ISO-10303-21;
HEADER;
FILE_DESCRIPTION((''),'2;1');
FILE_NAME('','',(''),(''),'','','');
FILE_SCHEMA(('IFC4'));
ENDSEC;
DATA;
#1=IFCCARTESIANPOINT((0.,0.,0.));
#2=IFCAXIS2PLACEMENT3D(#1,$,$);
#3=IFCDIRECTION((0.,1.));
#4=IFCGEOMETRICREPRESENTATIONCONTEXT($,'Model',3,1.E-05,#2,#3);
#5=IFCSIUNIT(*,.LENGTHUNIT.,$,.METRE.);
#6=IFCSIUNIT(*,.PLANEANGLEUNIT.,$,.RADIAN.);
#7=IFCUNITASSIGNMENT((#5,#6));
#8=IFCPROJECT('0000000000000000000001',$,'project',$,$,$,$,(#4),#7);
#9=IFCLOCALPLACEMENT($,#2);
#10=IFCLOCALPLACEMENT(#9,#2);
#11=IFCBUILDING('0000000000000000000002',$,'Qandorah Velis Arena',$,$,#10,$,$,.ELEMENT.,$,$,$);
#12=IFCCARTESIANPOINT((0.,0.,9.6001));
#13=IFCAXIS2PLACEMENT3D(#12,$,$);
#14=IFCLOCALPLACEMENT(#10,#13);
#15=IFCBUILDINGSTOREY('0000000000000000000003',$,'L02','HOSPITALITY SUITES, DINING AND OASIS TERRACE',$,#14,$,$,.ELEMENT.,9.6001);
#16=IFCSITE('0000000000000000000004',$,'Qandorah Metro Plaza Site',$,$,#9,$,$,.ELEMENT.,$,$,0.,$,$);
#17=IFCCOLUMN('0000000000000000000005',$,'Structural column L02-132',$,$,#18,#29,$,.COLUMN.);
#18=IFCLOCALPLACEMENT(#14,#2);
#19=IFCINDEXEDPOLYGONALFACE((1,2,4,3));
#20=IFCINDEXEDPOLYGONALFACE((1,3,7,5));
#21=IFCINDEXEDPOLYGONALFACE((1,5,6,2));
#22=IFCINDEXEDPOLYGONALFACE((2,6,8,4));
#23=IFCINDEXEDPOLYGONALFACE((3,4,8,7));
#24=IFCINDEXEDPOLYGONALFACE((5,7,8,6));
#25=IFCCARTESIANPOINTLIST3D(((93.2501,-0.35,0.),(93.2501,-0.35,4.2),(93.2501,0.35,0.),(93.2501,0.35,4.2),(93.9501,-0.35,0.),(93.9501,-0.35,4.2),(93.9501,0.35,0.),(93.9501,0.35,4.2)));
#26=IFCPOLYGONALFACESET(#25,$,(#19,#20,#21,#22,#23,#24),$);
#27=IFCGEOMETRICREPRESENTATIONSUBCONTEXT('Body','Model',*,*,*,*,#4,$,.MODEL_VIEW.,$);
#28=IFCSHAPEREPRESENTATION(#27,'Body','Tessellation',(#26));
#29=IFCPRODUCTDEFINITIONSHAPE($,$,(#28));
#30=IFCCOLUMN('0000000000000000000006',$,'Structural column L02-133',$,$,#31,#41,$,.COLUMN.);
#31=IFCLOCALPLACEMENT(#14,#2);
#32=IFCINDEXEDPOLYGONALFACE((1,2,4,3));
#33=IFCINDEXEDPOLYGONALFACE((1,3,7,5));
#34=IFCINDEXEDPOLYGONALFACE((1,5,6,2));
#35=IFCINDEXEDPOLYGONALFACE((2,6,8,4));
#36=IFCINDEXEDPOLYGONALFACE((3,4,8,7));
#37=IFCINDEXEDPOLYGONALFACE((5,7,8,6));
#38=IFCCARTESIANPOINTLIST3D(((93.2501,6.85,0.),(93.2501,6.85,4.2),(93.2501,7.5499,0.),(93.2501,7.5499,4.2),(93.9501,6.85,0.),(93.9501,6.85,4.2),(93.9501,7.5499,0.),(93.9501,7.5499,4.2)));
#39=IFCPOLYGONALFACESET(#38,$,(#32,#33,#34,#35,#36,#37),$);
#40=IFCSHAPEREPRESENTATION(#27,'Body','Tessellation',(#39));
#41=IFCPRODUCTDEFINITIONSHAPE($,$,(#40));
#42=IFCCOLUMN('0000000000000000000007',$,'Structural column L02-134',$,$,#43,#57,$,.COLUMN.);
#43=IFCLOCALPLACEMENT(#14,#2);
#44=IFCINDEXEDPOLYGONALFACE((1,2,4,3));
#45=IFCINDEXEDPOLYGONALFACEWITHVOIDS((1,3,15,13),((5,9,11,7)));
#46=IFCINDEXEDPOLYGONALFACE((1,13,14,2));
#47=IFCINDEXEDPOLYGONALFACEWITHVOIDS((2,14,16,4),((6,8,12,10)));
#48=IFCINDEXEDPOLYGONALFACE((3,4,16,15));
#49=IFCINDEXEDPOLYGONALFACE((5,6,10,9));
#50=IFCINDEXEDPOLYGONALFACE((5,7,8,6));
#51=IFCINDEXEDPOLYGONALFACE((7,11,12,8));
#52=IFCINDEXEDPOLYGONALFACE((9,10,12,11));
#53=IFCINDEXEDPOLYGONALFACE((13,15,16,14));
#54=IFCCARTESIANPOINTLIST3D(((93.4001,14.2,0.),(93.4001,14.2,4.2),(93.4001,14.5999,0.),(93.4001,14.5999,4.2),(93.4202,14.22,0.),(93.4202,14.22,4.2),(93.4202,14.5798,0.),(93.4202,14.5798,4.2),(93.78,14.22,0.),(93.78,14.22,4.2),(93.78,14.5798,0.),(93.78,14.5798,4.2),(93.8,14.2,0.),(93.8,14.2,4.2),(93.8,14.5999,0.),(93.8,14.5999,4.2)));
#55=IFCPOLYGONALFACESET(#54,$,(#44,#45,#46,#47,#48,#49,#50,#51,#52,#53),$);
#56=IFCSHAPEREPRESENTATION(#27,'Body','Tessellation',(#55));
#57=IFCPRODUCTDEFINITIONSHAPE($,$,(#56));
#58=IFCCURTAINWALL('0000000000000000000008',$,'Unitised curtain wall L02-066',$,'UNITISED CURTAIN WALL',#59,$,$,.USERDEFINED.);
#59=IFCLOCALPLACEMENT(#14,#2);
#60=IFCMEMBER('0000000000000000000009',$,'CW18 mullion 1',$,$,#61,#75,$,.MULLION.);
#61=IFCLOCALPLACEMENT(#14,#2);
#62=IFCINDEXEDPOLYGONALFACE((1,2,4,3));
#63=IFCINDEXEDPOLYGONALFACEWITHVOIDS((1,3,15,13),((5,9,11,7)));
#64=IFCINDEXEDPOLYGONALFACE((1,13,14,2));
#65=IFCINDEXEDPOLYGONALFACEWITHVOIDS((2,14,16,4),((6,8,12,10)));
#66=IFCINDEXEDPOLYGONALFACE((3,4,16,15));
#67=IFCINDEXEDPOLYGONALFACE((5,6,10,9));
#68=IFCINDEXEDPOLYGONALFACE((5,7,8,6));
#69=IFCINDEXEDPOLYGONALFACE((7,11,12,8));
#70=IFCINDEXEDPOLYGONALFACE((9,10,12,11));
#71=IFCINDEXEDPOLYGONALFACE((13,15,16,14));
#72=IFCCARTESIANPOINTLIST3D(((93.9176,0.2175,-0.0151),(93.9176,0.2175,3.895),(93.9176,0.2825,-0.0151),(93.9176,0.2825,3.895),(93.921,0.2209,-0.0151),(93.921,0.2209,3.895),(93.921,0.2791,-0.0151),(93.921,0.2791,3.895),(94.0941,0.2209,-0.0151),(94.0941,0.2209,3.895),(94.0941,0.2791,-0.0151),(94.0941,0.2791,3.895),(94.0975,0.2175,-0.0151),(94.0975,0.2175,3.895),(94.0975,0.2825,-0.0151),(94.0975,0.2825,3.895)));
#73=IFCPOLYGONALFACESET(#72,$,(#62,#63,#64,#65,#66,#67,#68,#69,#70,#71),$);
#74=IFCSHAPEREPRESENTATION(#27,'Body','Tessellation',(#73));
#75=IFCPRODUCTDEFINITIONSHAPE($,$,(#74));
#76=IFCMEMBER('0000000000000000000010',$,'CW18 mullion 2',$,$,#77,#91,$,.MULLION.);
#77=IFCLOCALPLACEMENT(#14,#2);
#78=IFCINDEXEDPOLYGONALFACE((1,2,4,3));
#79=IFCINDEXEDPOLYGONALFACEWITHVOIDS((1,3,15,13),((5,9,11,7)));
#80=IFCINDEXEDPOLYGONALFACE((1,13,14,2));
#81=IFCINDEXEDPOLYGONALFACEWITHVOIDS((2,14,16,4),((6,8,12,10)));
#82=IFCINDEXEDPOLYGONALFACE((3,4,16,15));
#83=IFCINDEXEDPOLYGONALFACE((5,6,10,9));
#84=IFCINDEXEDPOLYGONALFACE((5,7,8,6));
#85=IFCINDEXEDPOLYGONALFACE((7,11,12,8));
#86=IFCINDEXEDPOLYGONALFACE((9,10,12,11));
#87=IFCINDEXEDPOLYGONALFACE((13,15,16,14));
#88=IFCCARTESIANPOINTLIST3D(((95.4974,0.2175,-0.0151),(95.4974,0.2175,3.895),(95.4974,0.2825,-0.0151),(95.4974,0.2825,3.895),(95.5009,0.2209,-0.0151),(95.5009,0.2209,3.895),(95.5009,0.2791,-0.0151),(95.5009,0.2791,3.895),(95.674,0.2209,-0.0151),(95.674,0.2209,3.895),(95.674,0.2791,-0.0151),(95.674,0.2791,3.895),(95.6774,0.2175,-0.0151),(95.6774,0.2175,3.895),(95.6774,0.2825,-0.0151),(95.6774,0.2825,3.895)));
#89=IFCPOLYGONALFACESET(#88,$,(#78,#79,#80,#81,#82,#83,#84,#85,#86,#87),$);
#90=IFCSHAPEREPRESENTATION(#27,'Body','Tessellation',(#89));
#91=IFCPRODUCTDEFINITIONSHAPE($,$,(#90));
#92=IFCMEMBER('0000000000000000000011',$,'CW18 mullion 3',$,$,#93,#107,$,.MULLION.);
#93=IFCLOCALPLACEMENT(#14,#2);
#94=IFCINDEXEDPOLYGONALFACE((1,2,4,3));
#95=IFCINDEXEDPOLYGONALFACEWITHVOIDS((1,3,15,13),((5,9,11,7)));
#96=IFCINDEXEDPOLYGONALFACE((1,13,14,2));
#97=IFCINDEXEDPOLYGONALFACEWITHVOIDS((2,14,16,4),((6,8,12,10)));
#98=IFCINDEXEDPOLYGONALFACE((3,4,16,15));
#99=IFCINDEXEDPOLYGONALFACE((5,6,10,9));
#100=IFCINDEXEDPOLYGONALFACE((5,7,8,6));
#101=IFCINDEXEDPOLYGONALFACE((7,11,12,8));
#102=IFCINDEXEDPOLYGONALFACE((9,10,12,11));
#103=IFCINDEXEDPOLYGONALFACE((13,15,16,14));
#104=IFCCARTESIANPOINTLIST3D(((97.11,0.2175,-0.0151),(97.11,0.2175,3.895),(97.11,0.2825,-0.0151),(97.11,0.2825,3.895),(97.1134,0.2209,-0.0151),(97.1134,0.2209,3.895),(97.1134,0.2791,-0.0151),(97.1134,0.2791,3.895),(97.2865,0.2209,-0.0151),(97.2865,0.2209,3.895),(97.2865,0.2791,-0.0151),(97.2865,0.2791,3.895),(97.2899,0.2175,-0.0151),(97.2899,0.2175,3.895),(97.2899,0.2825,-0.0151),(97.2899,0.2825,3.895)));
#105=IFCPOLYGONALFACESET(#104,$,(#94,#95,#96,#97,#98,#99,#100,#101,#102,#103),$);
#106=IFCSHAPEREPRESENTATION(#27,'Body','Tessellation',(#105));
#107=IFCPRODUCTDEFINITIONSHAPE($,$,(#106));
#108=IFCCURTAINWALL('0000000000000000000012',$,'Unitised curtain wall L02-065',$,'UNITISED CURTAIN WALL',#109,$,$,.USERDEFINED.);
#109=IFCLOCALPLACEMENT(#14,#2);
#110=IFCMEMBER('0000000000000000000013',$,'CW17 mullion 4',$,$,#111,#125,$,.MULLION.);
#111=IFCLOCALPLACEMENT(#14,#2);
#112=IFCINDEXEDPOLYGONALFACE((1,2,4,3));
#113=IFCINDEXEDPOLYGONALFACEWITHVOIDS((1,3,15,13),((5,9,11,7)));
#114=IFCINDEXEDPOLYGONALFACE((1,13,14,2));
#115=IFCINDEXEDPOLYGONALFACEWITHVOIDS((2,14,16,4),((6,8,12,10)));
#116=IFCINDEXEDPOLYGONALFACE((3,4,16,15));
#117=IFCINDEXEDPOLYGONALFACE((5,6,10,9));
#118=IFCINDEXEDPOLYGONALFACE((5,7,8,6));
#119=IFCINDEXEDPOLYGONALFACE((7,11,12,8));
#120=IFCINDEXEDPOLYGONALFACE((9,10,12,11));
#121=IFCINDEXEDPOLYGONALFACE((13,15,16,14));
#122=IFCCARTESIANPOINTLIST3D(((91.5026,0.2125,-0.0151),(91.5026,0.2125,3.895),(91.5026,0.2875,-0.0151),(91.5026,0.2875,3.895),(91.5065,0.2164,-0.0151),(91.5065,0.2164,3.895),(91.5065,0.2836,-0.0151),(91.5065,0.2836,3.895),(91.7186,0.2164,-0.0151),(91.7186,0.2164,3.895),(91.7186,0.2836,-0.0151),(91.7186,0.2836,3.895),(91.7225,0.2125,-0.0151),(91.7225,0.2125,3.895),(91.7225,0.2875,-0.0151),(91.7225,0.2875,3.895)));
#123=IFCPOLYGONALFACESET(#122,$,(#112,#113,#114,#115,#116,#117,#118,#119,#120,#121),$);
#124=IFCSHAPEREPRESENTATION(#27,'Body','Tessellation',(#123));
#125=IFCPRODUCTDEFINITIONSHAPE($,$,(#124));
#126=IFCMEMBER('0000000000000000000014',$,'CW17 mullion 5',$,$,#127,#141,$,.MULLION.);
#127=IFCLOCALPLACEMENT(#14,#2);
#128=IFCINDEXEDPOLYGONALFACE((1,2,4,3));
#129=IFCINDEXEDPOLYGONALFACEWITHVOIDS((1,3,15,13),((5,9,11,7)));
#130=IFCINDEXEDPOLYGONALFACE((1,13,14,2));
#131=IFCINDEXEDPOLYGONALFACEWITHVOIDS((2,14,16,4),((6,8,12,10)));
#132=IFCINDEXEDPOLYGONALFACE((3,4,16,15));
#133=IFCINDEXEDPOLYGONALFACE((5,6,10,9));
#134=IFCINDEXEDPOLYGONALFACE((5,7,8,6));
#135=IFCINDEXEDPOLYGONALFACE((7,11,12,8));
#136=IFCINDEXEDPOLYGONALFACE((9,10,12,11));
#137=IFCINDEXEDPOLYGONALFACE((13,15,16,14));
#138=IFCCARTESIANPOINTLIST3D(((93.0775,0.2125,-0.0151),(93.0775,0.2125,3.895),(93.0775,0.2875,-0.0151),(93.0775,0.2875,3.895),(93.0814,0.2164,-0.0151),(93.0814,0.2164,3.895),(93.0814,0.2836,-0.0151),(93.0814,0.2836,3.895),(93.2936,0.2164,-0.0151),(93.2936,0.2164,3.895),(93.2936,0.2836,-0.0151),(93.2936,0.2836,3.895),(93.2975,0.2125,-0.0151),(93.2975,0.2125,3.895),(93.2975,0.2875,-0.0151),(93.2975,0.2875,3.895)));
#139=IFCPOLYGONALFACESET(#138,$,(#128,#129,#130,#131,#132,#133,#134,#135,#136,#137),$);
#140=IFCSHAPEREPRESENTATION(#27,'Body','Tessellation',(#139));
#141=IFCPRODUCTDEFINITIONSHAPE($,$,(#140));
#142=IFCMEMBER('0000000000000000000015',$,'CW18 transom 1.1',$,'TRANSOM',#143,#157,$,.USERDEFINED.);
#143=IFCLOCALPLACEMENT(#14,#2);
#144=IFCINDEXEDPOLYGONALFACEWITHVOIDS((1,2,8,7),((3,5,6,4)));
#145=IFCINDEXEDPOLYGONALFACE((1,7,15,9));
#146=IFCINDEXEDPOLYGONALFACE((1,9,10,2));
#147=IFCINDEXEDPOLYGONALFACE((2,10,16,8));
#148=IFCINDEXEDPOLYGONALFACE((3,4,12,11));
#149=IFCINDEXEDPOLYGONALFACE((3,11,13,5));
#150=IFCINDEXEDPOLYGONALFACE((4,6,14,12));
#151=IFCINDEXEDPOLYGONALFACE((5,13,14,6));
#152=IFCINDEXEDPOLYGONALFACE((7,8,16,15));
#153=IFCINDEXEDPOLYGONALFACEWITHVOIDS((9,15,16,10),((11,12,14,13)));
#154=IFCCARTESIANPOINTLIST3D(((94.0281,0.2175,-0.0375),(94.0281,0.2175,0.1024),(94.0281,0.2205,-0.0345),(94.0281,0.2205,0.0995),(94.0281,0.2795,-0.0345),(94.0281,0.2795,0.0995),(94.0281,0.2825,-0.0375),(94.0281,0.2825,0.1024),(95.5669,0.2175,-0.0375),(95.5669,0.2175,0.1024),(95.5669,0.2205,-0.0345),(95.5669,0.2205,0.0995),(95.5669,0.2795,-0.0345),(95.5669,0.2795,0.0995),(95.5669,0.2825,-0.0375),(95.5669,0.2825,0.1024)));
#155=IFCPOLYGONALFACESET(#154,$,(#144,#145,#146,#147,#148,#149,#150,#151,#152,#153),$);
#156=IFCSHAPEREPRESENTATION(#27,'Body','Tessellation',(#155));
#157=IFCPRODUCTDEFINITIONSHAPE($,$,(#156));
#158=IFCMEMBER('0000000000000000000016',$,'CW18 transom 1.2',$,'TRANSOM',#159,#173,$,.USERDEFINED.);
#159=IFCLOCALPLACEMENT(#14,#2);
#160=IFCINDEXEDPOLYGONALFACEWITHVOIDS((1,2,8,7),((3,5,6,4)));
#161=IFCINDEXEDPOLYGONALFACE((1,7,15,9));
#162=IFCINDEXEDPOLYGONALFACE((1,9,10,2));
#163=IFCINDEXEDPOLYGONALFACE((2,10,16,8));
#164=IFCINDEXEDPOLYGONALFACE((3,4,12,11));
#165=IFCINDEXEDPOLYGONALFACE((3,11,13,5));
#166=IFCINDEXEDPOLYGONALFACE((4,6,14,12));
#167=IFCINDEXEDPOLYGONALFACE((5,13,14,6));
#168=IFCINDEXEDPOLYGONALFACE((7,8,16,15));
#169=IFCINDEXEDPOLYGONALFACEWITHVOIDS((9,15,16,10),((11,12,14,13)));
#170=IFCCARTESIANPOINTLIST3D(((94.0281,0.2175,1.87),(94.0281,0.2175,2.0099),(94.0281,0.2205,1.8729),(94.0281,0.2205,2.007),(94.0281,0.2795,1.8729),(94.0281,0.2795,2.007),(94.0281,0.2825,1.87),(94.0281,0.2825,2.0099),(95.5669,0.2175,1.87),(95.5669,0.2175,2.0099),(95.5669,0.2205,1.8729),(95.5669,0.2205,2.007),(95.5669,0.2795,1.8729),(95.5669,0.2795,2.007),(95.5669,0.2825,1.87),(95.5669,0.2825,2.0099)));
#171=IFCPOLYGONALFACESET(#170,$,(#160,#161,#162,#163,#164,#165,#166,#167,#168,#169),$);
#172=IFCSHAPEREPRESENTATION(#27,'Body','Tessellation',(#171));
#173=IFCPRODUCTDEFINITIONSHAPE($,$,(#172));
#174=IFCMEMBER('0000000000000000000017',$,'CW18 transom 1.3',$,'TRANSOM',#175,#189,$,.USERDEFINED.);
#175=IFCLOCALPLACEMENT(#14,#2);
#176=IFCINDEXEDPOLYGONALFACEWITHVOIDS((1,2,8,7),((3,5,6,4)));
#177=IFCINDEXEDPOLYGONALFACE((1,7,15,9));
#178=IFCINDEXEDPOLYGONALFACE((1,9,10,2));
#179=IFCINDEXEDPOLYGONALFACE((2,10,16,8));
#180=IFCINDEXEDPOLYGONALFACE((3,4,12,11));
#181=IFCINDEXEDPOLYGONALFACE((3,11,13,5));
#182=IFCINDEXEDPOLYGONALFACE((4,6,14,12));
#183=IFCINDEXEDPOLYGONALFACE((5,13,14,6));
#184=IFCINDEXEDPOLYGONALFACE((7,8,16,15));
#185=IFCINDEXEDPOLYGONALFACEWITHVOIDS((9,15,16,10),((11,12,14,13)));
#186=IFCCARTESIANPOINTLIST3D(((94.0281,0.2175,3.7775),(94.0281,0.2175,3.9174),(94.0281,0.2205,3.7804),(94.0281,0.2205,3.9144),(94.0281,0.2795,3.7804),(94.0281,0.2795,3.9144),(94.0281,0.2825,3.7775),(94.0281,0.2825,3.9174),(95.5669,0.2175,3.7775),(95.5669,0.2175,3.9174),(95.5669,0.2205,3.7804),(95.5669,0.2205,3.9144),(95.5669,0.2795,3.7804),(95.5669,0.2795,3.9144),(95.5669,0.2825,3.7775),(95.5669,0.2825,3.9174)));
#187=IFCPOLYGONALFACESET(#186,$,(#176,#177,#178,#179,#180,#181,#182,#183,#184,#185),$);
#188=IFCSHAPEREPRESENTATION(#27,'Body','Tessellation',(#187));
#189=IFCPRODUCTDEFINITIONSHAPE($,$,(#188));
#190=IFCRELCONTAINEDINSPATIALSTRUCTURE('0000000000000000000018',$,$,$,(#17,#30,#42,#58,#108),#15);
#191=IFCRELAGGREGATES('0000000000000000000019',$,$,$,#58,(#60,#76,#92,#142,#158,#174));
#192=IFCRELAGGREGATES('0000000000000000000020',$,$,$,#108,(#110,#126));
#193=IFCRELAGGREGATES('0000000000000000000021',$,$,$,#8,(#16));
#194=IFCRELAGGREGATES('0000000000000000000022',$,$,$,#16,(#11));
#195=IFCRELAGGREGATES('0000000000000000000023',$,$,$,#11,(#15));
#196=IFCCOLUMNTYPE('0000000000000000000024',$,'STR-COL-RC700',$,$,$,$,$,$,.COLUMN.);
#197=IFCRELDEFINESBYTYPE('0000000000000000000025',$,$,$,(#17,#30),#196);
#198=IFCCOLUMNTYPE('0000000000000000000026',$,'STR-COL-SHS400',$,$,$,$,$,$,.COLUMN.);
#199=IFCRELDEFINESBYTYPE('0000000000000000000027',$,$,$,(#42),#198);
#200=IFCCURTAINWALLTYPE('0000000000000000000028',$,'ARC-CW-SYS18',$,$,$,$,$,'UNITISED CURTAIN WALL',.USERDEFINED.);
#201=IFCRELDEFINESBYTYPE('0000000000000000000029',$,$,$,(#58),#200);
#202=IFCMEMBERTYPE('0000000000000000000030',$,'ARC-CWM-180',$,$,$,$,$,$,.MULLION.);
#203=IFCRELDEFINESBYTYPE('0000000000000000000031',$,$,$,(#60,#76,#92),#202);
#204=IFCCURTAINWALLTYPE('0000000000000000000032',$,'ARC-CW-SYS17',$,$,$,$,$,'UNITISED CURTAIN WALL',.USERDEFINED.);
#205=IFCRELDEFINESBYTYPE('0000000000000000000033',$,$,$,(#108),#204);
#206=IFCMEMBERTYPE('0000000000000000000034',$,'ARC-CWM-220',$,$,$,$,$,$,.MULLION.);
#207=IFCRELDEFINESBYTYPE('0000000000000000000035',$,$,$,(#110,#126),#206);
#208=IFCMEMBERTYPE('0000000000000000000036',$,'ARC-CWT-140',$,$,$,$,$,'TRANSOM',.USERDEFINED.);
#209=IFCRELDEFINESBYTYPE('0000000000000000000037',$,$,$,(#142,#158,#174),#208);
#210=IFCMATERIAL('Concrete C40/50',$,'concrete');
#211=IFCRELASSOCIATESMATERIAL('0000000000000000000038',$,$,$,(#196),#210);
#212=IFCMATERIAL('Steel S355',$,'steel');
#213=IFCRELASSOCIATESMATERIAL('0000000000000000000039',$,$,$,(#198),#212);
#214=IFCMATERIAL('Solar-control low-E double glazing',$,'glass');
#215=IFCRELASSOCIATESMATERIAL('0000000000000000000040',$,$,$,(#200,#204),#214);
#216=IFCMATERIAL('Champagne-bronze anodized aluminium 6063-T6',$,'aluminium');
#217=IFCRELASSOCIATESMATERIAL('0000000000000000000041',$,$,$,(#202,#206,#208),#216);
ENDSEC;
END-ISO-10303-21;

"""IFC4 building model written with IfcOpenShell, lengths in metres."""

from ifc_helpers import new_model, si_unit, direction, frame, origin, origin_2d, place, context, subcontext, project, spatial, rectangle, hollow_rectangle, extrude, material, material_profile, profile_set, type_object, element, aggregate, save


model = new_model("IFC4")

# Units and contexts
model_context = context("Model", 3, precision=1e-05, world=origin(), true_north=direction((0.0, 1.0)))
body_context = subcontext(model_context, "Body", "Model", "MODEL_VIEW")
ifc_project = project(units=[si_unit("LENGTHUNIT", "METRE"), si_unit("PLANEANGLEUNIT", "RADIAN")], contexts=[model_context])

# Site, building, storey
site_placement = place(None, origin())
site = spatial("IfcSite", under=ifc_project, at=site_placement, Name="Qandorah Metro Plaza Site", CompositionType="ELEMENT", RefElevation=0.0)
building_placement = place(site_placement, origin())
building = spatial("IfcBuilding", under=site, at=building_placement, Name="Qandorah Velis Arena", CompositionType="ELEMENT")
storey_placement = place(building_placement, frame((0.0, 0.0, 9.6001)))
storey = spatial("IfcBuildingStorey", under=building, at=storey_placement, Name="L02", Description="HOSPITALITY SUITES, DINING AND OASIS TERRACE", CompositionType="ELEMENT", Elevation=9.6001)

# Columns
ifc_material_1 = material(Name="Concrete C40/50", Category="concrete")
ifc_material_profile_1 = material_profile(ifc_material_1, rectangle(XDim=0.7, YDim=0.7, at=origin_2d()), Name="RC COL 700x700")
ifc_profile_set_1 = profile_set([ifc_material_profile_1], Name="Concrete C40/50")
column_type_1 = type_object("IfcColumnType", Name="STR-COL-RC700", PredefinedType="COLUMN", material=ifc_profile_set_1)
for number, where, z_axis, x_axis, name in (
    (1, (93.6001, 0.0, 0.0), (0.0, 0.0, 1.0), (1.0, 0.0, 0.0), "Structural column L02-132"),
    (2, (93.6001, 7.2, 0.0), (0.0, 0.0, 1.0), (1.0, 0.0, 0.0), "Structural column L02-133"),
):
    element("IfcColumn", number, at=place(storey_placement, frame(where, z_axis=z_axis, x_axis=x_axis)), inside=storey, type_object=column_type_1, Name=name, PredefinedType="COLUMN", context=body_context, shape_type="SweptSolid", body=[
        extrude(rectangle(XDim=0.7, YDim=0.7, at=origin_2d()), origin(), (0.0, 0.0, 1.0), 4.2),
    ])
ifc_material_2 = material(Name="Steel S355", Category="steel")
ifc_material_profile_2 = material_profile(ifc_material_2, hollow_rectangle(XDim=0.3999, YDim=0.3999, WallThickness=0.02, at=origin_2d()), Name="SHS 400x400x20")
ifc_profile_set_2 = profile_set([ifc_material_profile_2], Name="Steel S355")
column_type_2 = type_object("IfcColumnType", Name="STR-COL-SHS400", PredefinedType="COLUMN", material=ifc_profile_set_2)
column_placement = place(storey_placement, frame((93.6001, 14.3999, 0.0), z_axis=(0.0, 0.0, 1.0), x_axis=(1.0, 0.0, 0.0)))
element("IfcColumn", 3, at=column_placement, inside=storey, type_object=column_type_2, Name="Structural column L02-134", PredefinedType="COLUMN", context=body_context, shape_type="SweptSolid", body=[
    extrude(hollow_rectangle(XDim=0.3999, YDim=0.3999, WallThickness=0.02, at=origin_2d()), origin(), (0.0, 0.0, 1.0), 4.2),
])

# Curtain walls, members
ifc_material_3 = material(Name="Solar-control low-E double glazing", Category="glass")
curtain_wall_type_1 = type_object("IfcCurtainWallType", Name="ARC-CW-SYS18", ElementType="UNITISED CURTAIN WALL", PredefinedType="USERDEFINED", material=ifc_material_3)
curtain_wall_1_placement = place(storey_placement, origin())
curtain_wall_1 = element("IfcCurtainWall", 4, at=curtain_wall_1_placement, inside=storey, type_object=curtain_wall_type_1, Name="Unitised curtain wall L02-066", ObjectType="UNITISED CURTAIN WALL", PredefinedType="USERDEFINED")
ifc_material_4 = material(Name="Champagne-bronze anodized aluminium 6063-T6", Category="aluminium")
ifc_material_profile_3 = material_profile(ifc_material_4, hollow_rectangle(XDim=0.0649, YDim=0.1799, WallThickness=0.0034, at=origin_2d()), Name="ALU MULLION 65x180")
ifc_profile_set_3 = profile_set([ifc_material_profile_3], Name="Champagne-bronze anodized aluminium 6063-T6")
member_type_1 = type_object("IfcMemberType", Name="ARC-CWM-180", PredefinedType="MULLION", material=ifc_profile_set_3)
member_1_placement = place(storey_placement, frame((94.0076, 0.25, -0.0151), z_axis=(0.0, 0.0, 1.0), x_axis=(0.0, 1.0, 0.0)))
member_1 = element("IfcMember", 5, at=member_1_placement, type_object=member_type_1, Name="CW18 mullion 1", PredefinedType="MULLION", context=body_context, shape_type="SweptSolid", body=[
    extrude(hollow_rectangle(XDim=0.0649, YDim=0.1799, WallThickness=0.0034, at=origin_2d()), origin(), (0.0, 0.0, 1.0), 3.9102),
])
member_2_placement = place(storey_placement, frame((95.5874, 0.25, -0.0151), z_axis=(0.0, 0.0, 1.0), x_axis=(0.0, 1.0, 0.0)))
member_2 = element("IfcMember", 6, at=member_2_placement, type_object=member_type_1, Name="CW18 mullion 2", PredefinedType="MULLION", context=body_context, shape_type="SweptSolid", body=[
    extrude(hollow_rectangle(XDim=0.0649, YDim=0.1799, WallThickness=0.0034, at=origin_2d()), origin(), (0.0, 0.0, 1.0), 3.9102),
])
member_3_placement = place(storey_placement, frame((97.2, 0.25, -0.0151), z_axis=(0.0, 0.0, 1.0), x_axis=(0.0, 1.0, 0.0)))
member_3 = element("IfcMember", 7, at=member_3_placement, type_object=member_type_1, Name="CW18 mullion 3", PredefinedType="MULLION", context=body_context, shape_type="SweptSolid", body=[
    extrude(hollow_rectangle(XDim=0.0649, YDim=0.1799, WallThickness=0.0034, at=origin_2d()), origin(), (0.0, 0.0, 1.0), 3.9102),
])
curtain_wall_type_2 = type_object("IfcCurtainWallType", Name="ARC-CW-SYS17", ElementType="UNITISED CURTAIN WALL", PredefinedType="USERDEFINED", material=ifc_material_3)
curtain_wall_2_placement = place(storey_placement, origin())
curtain_wall_2 = element("IfcCurtainWall", 8, at=curtain_wall_2_placement, inside=storey, type_object=curtain_wall_type_2, Name="Unitised curtain wall L02-065", ObjectType="UNITISED CURTAIN WALL", PredefinedType="USERDEFINED")
ifc_material_profile_4 = material_profile(ifc_material_4, hollow_rectangle(XDim=0.075, YDim=0.22, WallThickness=0.0039, at=origin_2d()), Name="ALU MULLION 75x220")
ifc_profile_set_4 = profile_set([ifc_material_profile_4], Name="Champagne-bronze anodized aluminium 6063-T6")
member_type_2 = type_object("IfcMemberType", Name="ARC-CWM-220", PredefinedType="MULLION", material=ifc_profile_set_4)
member_4_placement = place(storey_placement, frame((91.6125, 0.25, -0.0151), z_axis=(0.0, 0.0, 1.0), x_axis=(0.0, 1.0, 0.0)))
member_4 = element("IfcMember", 9, at=member_4_placement, type_object=member_type_2, Name="CW17 mullion 4", PredefinedType="MULLION", context=body_context, shape_type="SweptSolid", body=[
    extrude(hollow_rectangle(XDim=0.075, YDim=0.22, WallThickness=0.0039, at=origin_2d()), origin(), (0.0, 0.0, 1.0), 3.9102),
])
member_5_placement = place(storey_placement, frame((93.1875, 0.25, -0.0151), z_axis=(0.0, 0.0, 1.0), x_axis=(0.0, 1.0, 0.0)))
member_5 = element("IfcMember", 10, at=member_5_placement, type_object=member_type_2, Name="CW17 mullion 5", PredefinedType="MULLION", context=body_context, shape_type="SweptSolid", body=[
    extrude(hollow_rectangle(XDim=0.075, YDim=0.22, WallThickness=0.0039, at=origin_2d()), origin(), (0.0, 0.0, 1.0), 3.9102),
])

# Members
ifc_material_profile_5 = material_profile(ifc_material_4, hollow_rectangle(XDim=0.0649, YDim=0.1399, WallThickness=0.0029, at=origin_2d()), Name="ALU TRANSOM 65x140")
ifc_profile_set_5 = profile_set([ifc_material_profile_5], Name="Champagne-bronze anodized aluminium 6063-T6")
member_type_3 = type_object("IfcMemberType", Name="ARC-CWT-140", ElementType="TRANSOM", PredefinedType="USERDEFINED", material=ifc_profile_set_5)
member_6_placement = place(storey_placement, frame((94.0281, 0.25, 0.0325), z_axis=(1.0, 0.0, 0.0), x_axis=(0.0, 1.0, 0.0)))
member_6 = element("IfcMember", 11, at=member_6_placement, type_object=member_type_3, Name="CW18 transom 1.1", ObjectType="TRANSOM", PredefinedType="USERDEFINED", context=body_context, shape_type="SweptSolid", body=[
    extrude(hollow_rectangle(XDim=0.0649, YDim=0.1399, WallThickness=0.0029, at=origin_2d()), origin(), (0.0, 0.0, 1.0), 1.5388),
])
member_7_placement = place(storey_placement, frame((94.0281, 0.25, 1.9399), z_axis=(1.0, 0.0, 0.0), x_axis=(0.0, 1.0, 0.0)))
member_7 = element("IfcMember", 12, at=member_7_placement, type_object=member_type_3, Name="CW18 transom 1.2", ObjectType="TRANSOM", PredefinedType="USERDEFINED", context=body_context, shape_type="SweptSolid", body=[
    extrude(hollow_rectangle(XDim=0.0649, YDim=0.1399, WallThickness=0.0029, at=origin_2d()), origin(), (0.0, 0.0, 1.0), 1.5388),
])
member_8_placement = place(storey_placement, frame((94.0281, 0.25, 3.8474), z_axis=(1.0, 0.0, 0.0), x_axis=(0.0, 1.0, 0.0)))
member_8 = element("IfcMember", 13, at=member_8_placement, type_object=member_type_3, Name="CW18 transom 1.3", ObjectType="TRANSOM", PredefinedType="USERDEFINED", context=body_context, shape_type="SweptSolid", body=[
    extrude(hollow_rectangle(XDim=0.0649, YDim=0.1399, WallThickness=0.0029, at=origin_2d()), origin(), (0.0, 0.0, 1.0), 1.5388),
])

aggregate(curtain_wall_1, [member_1, member_2, member_3, member_6, member_7, member_8])
aggregate(curtain_wall_2, [member_4, member_5])

save(model, "model.ifc")
